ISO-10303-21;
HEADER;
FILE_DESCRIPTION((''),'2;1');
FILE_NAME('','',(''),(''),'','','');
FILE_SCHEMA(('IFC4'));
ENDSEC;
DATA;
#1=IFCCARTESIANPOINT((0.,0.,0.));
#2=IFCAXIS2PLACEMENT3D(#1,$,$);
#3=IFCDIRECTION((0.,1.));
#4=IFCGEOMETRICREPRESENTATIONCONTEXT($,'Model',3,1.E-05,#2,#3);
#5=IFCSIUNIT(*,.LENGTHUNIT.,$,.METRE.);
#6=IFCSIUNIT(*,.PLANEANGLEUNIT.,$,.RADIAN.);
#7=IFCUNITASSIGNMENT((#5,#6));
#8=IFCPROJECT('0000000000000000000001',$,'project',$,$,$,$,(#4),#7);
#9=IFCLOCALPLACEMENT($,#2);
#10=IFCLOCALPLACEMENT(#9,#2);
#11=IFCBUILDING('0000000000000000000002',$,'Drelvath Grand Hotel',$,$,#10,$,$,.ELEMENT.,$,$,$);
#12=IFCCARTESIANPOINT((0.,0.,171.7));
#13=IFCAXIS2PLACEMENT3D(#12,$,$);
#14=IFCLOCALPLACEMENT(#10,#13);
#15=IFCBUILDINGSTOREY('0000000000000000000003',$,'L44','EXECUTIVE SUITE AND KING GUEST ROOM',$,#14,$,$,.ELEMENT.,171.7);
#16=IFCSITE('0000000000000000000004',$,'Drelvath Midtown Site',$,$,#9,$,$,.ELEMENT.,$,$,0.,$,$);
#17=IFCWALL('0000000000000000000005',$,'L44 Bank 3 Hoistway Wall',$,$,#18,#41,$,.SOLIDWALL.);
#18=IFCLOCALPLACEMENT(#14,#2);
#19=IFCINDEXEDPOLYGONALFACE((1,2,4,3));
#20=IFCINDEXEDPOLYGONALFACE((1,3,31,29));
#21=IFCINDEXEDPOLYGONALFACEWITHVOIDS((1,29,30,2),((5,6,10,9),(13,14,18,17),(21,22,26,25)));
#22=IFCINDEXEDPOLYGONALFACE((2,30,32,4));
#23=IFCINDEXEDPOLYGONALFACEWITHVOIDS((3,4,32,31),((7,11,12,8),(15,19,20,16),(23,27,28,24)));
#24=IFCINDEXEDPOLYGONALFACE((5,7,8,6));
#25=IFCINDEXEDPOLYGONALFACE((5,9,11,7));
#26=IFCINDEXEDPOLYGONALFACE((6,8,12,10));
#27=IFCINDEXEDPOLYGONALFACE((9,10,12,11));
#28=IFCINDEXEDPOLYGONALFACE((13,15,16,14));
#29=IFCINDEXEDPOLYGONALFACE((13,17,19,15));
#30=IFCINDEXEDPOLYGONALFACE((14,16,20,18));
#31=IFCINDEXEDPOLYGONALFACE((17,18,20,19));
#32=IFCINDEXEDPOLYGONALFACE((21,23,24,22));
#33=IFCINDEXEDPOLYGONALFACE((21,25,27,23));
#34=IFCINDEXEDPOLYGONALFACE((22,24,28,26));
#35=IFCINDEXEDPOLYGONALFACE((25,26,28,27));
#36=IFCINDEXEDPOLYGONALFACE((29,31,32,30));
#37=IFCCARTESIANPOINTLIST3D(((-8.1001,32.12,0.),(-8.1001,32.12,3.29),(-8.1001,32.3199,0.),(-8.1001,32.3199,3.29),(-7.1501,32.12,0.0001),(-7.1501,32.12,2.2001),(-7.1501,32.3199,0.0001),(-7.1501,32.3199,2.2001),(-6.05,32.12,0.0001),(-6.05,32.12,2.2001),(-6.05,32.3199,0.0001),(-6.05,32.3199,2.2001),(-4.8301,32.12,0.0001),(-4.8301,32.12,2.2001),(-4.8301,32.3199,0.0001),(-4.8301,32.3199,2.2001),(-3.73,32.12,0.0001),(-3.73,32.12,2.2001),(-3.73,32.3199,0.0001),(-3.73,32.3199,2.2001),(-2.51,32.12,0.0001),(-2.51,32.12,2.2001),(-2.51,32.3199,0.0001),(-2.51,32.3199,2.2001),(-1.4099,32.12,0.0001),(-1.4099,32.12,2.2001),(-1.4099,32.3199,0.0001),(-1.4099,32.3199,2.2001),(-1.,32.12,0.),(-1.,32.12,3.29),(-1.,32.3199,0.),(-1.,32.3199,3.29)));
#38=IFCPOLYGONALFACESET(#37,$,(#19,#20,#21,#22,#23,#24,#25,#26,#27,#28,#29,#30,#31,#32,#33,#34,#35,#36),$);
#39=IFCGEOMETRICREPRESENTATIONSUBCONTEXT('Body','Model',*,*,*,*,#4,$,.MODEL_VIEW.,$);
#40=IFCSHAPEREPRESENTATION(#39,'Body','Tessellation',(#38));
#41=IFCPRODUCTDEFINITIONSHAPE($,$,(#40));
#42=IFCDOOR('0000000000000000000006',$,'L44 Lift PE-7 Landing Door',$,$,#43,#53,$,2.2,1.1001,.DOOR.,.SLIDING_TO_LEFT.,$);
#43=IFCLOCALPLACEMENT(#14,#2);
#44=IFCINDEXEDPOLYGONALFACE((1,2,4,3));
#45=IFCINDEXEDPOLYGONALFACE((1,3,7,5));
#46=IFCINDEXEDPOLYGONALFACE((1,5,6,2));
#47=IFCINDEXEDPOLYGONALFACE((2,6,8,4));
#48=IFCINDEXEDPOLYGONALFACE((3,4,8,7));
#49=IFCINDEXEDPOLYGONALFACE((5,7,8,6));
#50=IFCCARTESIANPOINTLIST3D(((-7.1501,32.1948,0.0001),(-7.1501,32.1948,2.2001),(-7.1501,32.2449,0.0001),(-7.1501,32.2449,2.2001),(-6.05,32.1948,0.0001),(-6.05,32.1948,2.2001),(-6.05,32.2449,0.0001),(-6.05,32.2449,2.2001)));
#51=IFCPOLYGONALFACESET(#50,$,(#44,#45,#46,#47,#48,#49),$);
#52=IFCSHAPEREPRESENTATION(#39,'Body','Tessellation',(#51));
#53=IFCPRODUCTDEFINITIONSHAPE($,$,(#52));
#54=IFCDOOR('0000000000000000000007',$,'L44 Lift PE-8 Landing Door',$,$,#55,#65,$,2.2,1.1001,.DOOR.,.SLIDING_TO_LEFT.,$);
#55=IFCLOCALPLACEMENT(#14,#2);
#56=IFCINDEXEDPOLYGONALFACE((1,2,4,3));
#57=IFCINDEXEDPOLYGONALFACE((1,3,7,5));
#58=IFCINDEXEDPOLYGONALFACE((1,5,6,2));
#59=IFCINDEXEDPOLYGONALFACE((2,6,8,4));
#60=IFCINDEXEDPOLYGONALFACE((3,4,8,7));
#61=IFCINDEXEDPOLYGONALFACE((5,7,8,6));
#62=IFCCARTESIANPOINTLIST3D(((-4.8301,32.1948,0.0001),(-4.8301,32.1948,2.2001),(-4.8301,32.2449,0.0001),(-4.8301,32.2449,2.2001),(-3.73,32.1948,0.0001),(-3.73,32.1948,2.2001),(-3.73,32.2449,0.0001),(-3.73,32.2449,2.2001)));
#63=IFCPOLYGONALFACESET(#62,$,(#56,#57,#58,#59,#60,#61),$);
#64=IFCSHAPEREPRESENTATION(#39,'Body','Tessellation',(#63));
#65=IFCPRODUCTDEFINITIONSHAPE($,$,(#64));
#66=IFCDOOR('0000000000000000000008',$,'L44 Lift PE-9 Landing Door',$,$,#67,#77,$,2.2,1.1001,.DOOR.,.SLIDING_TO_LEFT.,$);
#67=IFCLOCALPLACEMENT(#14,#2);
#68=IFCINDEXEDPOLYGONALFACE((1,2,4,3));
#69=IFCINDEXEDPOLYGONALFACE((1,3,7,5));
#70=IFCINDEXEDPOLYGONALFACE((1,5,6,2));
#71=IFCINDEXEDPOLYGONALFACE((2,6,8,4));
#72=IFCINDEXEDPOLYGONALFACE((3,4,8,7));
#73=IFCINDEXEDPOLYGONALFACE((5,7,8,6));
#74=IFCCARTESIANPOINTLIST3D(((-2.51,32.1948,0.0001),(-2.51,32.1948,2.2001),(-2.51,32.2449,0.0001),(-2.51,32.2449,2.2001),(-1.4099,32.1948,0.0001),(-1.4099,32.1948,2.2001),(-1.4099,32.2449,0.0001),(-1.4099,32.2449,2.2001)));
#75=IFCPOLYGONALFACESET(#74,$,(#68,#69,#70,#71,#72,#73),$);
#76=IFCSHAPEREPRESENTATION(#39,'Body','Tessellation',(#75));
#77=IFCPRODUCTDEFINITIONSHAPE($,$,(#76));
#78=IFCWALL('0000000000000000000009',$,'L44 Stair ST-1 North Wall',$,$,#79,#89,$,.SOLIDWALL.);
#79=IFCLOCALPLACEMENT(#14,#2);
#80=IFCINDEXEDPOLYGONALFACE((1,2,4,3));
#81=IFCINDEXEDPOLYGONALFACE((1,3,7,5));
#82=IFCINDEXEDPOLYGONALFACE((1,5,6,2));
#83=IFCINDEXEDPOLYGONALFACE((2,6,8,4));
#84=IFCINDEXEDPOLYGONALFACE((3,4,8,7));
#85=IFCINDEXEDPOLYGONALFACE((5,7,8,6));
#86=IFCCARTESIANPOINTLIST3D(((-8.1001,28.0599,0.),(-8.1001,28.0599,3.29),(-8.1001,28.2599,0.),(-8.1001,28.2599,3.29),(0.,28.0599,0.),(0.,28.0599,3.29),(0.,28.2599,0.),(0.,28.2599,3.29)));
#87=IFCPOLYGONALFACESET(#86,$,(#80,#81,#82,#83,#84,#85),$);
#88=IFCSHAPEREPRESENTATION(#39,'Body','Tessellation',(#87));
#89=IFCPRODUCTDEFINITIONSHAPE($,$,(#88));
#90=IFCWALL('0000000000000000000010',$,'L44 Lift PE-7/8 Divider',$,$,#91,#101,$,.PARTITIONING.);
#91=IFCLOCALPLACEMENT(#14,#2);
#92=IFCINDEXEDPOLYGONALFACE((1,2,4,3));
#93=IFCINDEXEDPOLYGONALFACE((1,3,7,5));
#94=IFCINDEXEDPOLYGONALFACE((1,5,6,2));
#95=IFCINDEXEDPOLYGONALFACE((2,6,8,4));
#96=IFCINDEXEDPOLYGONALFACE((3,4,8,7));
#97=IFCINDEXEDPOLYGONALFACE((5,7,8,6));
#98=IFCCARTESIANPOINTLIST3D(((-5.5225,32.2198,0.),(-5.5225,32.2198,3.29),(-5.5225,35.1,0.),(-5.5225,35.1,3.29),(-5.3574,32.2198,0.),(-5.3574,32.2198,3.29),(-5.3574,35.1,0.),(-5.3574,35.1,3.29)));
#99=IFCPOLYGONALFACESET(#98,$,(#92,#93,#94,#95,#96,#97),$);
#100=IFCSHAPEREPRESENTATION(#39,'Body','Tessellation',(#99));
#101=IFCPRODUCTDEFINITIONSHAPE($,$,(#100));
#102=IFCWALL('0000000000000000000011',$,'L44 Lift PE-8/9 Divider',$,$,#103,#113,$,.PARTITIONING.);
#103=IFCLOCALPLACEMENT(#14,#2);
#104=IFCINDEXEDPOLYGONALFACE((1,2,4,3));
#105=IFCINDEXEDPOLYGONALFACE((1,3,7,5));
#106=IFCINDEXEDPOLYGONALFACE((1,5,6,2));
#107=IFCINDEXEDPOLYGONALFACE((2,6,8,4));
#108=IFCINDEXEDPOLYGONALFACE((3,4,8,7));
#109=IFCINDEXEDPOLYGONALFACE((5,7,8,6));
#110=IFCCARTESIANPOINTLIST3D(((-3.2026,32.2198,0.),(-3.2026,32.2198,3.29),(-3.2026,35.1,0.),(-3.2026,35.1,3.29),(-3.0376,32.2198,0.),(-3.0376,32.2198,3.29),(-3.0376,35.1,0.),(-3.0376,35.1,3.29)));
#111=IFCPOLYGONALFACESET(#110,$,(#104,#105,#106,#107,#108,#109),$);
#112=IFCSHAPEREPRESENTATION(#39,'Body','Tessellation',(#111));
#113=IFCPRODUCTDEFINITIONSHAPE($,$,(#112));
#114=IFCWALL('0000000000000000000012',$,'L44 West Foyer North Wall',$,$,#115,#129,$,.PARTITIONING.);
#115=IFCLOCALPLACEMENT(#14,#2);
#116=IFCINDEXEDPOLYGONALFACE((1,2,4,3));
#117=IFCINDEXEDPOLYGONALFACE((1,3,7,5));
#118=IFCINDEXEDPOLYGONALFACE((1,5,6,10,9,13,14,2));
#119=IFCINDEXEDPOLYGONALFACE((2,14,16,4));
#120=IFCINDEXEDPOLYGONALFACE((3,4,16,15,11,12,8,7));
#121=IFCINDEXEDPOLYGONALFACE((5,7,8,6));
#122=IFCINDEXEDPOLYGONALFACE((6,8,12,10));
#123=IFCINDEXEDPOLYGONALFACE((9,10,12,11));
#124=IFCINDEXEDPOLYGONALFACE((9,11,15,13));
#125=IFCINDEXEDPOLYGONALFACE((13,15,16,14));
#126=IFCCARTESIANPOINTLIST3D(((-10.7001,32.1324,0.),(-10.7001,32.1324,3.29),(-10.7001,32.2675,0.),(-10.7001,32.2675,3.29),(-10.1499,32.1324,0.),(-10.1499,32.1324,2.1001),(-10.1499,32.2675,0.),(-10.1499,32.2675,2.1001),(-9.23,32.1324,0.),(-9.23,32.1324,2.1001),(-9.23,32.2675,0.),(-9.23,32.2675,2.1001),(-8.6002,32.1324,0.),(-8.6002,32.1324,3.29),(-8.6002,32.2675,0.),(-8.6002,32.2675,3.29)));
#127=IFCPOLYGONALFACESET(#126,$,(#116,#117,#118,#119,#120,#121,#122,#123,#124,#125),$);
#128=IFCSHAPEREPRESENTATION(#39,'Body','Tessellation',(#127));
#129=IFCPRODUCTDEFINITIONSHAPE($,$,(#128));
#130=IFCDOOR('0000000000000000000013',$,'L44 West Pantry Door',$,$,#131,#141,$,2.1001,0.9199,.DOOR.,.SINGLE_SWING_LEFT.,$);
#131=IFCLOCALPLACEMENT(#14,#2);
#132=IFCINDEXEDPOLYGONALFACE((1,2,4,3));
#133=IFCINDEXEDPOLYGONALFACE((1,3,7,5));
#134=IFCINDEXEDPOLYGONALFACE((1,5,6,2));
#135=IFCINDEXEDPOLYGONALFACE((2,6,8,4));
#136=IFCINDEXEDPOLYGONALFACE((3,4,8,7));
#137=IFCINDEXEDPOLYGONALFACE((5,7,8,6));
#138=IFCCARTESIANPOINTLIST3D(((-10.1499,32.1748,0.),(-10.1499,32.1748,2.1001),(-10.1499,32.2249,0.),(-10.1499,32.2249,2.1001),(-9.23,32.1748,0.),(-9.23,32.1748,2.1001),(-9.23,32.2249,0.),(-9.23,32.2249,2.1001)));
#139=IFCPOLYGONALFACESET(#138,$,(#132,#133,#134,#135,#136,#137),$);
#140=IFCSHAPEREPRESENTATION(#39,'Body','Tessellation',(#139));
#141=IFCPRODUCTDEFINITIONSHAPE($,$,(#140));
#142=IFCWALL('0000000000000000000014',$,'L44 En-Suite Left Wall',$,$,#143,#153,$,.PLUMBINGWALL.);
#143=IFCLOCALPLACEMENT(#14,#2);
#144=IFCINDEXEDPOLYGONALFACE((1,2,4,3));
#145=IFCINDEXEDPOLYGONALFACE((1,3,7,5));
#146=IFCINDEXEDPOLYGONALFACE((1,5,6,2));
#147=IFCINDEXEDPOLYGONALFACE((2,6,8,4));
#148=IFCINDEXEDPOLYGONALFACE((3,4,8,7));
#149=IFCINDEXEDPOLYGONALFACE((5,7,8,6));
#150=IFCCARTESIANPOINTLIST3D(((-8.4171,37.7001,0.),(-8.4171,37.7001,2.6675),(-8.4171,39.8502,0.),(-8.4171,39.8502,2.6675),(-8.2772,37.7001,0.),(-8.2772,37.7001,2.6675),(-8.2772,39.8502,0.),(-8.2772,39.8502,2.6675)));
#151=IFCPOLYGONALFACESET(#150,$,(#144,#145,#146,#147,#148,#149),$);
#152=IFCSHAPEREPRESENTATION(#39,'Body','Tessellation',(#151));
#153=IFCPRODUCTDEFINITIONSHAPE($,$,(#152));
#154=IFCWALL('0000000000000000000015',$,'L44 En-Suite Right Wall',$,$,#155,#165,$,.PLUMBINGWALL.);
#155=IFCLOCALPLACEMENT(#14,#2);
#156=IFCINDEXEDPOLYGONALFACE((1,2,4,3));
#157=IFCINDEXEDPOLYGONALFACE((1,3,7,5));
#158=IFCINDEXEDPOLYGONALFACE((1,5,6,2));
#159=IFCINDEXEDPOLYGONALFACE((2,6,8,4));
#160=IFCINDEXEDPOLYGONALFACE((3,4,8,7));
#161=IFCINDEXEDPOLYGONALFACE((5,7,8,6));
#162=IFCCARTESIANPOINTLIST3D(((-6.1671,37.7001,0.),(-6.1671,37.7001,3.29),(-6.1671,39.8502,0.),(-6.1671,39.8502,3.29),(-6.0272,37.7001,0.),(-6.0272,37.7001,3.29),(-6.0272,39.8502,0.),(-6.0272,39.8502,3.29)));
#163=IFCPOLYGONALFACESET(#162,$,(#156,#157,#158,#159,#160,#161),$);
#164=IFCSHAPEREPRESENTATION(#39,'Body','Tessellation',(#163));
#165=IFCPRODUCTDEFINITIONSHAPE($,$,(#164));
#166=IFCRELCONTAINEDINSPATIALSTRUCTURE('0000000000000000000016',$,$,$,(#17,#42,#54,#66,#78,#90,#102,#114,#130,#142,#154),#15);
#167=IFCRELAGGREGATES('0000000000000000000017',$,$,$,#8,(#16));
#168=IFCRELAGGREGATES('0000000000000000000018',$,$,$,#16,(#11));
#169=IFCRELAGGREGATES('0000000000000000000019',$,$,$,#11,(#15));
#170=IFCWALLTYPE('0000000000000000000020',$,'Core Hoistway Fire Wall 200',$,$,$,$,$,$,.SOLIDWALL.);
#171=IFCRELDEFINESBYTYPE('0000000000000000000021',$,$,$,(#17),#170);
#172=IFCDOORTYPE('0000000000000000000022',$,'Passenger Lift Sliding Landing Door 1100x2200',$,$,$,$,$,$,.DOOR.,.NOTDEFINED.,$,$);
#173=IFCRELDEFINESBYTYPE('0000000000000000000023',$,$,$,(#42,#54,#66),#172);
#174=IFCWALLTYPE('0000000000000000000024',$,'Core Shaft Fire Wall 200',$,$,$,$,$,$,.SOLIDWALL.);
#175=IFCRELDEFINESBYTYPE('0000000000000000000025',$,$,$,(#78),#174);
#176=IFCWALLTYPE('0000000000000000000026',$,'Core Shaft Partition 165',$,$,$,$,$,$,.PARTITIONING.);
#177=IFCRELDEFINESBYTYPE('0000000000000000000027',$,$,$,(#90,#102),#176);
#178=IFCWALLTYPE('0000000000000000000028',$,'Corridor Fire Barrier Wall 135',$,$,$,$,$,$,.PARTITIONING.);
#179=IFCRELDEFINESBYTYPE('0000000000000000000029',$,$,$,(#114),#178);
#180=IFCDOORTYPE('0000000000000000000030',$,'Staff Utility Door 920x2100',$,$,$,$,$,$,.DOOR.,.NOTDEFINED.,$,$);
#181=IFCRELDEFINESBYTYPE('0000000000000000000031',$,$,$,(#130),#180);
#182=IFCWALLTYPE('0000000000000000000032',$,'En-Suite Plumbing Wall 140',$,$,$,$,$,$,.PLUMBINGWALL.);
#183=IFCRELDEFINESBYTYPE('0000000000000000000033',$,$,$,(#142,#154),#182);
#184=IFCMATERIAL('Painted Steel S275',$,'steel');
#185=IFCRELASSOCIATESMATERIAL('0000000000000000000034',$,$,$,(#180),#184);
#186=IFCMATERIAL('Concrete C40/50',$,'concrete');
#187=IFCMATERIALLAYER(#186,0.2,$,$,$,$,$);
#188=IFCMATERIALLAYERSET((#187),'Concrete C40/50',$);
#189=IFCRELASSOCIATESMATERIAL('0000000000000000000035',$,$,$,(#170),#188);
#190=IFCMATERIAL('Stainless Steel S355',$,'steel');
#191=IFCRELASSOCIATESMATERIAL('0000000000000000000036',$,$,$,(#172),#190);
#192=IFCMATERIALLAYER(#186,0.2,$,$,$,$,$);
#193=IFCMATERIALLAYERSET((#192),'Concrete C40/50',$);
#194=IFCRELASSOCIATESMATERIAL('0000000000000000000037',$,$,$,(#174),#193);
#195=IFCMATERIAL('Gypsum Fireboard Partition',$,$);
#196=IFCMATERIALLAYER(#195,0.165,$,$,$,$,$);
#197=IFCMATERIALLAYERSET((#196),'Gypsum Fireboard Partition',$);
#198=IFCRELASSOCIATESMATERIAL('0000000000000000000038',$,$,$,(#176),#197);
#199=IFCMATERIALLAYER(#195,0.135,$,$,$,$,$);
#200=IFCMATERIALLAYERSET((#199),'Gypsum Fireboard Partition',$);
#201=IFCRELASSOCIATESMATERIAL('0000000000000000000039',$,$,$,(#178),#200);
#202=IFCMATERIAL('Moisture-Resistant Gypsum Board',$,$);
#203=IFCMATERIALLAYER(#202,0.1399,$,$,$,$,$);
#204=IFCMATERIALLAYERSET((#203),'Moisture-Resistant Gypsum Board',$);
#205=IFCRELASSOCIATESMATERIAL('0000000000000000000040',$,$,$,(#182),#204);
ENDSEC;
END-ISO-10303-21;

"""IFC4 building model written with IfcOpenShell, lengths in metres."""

from ifc_helpers import new_model, si_unit, direction, frame, frame_2d, origin, place, context, subcontext, project, spatial, rectangle, extrude, material, layer, layer_set, type_object, element, fill, save


model = new_model("IFC4")

# Units and contexts
model_context = context("Model", 3, precision=1e-05, world=origin(), true_north=direction((0.0, 1.0)))
body_context = subcontext(model_context, "Body", "Model", "MODEL_VIEW")
ifc_project = project(units=[si_unit("LENGTHUNIT", "METRE"), si_unit("PLANEANGLEUNIT", "RADIAN")], contexts=[model_context])

# Site, building, storey
site_placement = place(None, origin())
site = spatial("IfcSite", under=ifc_project, at=site_placement, Name="Drelvath Midtown Site", CompositionType="ELEMENT", RefElevation=0.0)
building_placement = place(site_placement, origin())
building = spatial("IfcBuilding", under=site, at=building_placement, Name="Drelvath Grand Hotel", CompositionType="ELEMENT")
storey_placement = place(building_placement, frame((0.0, 0.0, 171.7)))
storey = spatial("IfcBuildingStorey", under=building, at=storey_placement, Name="L44", Description="EXECUTIVE SUITE AND KING GUEST ROOM", CompositionType="ELEMENT", Elevation=171.7)

# Shared definitions
ifc_material_1 = material(Name="Painted Steel S275", Category="steel")
door_type_1 = type_object("IfcDoorType", Name="Staff Utility Door 920x2100", OperationType="NOTDEFINED", PredefinedType="DOOR", material=ifc_material_1)

# Wall, openings, doors
ifc_material_2 = material(Name="Concrete C40/50", Category="concrete")
ifc_layer_1 = layer(ifc_material_2, 0.2)
ifc_layer_set_1 = layer_set([ifc_layer_1], Name="Concrete C40/50")
wall_type_1 = type_object("IfcWallType", Name="Core Hoistway Fire Wall 200", PredefinedType="SOLIDWALL", material=ifc_layer_set_1)
wall_1_placement = place(storey_placement, frame((-8.1001, 32.22, 0.0), z_axis=(0.0, 0.0, 1.0), x_axis=(1.0, 0.0, 0.0)))
wall_1 = element("IfcWall", 1, at=wall_1_placement, inside=storey, type_object=wall_type_1, Name="L44 Bank 3 Hoistway Wall", PredefinedType="SOLIDWALL", context=body_context, shape_type="SweptSolid", body=[
    extrude(rectangle(XDim=7.1001, YDim=0.2, at=frame_2d((3.55, 0.0))), origin(), (0.0, 0.0, 1.0), 3.29),
])
opening_1_placement = place(wall_1_placement, frame((0.95, 0.0, 0.0)))
opening_1 = element("IfcOpeningElement", 2, at=opening_1_placement, cuts=wall_1, PredefinedType="OPENING", context=body_context, shape_type="SweptSolid", body=[
    extrude(rectangle(XDim=1.1001, YDim=2.2, at=frame_2d((0.55, 1.1001))), frame((0.0, 0.1099, 0.0), z_axis=(0.0, -1.0, 0.0), x_axis=(1.0, 0.0, 0.0)), (0.0, 0.0, 1.0), 0.22),
])
opening_2_placement = place(wall_1_placement, frame((3.27, 0.0, 0.0)))
opening_2 = element("IfcOpeningElement", 3, at=opening_2_placement, cuts=wall_1, PredefinedType="OPENING", context=body_context, shape_type="SweptSolid", body=[
    extrude(rectangle(XDim=1.1001, YDim=2.2, at=frame_2d((0.55, 1.1001))), frame((0.0, 0.1099, 0.0), z_axis=(0.0, -1.0, 0.0), x_axis=(1.0, 0.0, 0.0)), (0.0, 0.0, 1.0), 0.22),
])
opening_3_placement = place(wall_1_placement, frame((5.5901, 0.0, 0.0)))
opening_3 = element("IfcOpeningElement", 4, at=opening_3_placement, cuts=wall_1, PredefinedType="OPENING", context=body_context, shape_type="SweptSolid", body=[
    extrude(rectangle(XDim=1.1001, YDim=2.2, at=frame_2d((0.55, 1.1001))), frame((0.0, 0.1099, 0.0), z_axis=(0.0, -1.0, 0.0), x_axis=(1.0, 0.0, 0.0)), (0.0, 0.0, 1.0), 0.22),
])
ifc_material_3 = material(Name="Stainless Steel S355", Category="steel")
door_type_2 = type_object("IfcDoorType", Name="Passenger Lift Sliding Landing Door 1100x2200", OperationType="NOTDEFINED", PredefinedType="DOOR", material=ifc_material_3)
door_1_placement = place(opening_1_placement, origin())
door_1 = element("IfcDoor", 5, at=door_1_placement, inside=storey, type_object=door_type_2, Name="L44 Lift PE-7 Landing Door", OperationType="SLIDING_TO_LEFT", OverallHeight=2.2, OverallWidth=1.1001, PredefinedType="DOOR", context=body_context, shape_type="SweptSolid", body=[
    extrude(rectangle(XDim=1.1001, YDim=2.2, at=frame_2d((0.55, 1.1001))), frame((0.0, 0.0249, 0.0), z_axis=(0.0, -1.0, 0.0), x_axis=(1.0, 0.0, 0.0)), (0.0, 0.0, 1.0), 0.05),
])
fill(opening_1, door_1)
door_2_placement = place(opening_2_placement, origin())
door_2 = element("IfcDoor", 6, at=door_2_placement, inside=storey, type_object=door_type_2, Name="L44 Lift PE-8 Landing Door", OperationType="SLIDING_TO_LEFT", OverallHeight=2.2, OverallWidth=1.1001, PredefinedType="DOOR", context=body_context, shape_type="SweptSolid", body=[
    extrude(rectangle(XDim=1.1001, YDim=2.2, at=frame_2d((0.55, 1.1001))), frame((0.0, 0.0249, 0.0), z_axis=(0.0, -1.0, 0.0), x_axis=(1.0, 0.0, 0.0)), (0.0, 0.0, 1.0), 0.05),
])
fill(opening_2, door_2)
door_3_placement = place(opening_3_placement, origin())
door_3 = element("IfcDoor", 7, at=door_3_placement, inside=storey, type_object=door_type_2, Name="L44 Lift PE-9 Landing Door", OperationType="SLIDING_TO_LEFT", OverallHeight=2.2, OverallWidth=1.1001, PredefinedType="DOOR", context=body_context, shape_type="SweptSolid", body=[
    extrude(rectangle(XDim=1.1001, YDim=2.2, at=frame_2d((0.55, 1.1001))), frame((0.0, 0.0249, 0.0), z_axis=(0.0, -1.0, 0.0), x_axis=(1.0, 0.0, 0.0)), (0.0, 0.0, 1.0), 0.05),
])
fill(opening_3, door_3)

# Walls
ifc_layer_2 = layer(ifc_material_2, 0.2)
ifc_layer_set_2 = layer_set([ifc_layer_2], Name="Concrete C40/50")
wall_type_2 = type_object("IfcWallType", Name="Core Shaft Fire Wall 200", PredefinedType="SOLIDWALL", material=ifc_layer_set_2)
wall_2_placement = place(storey_placement, frame((-8.1001, 28.1599, 0.0), z_axis=(0.0, 0.0, 1.0), x_axis=(1.0, 0.0, 0.0)))
element("IfcWall", 8, at=wall_2_placement, inside=storey, type_object=wall_type_2, Name="L44 Stair ST-1 North Wall", PredefinedType="SOLIDWALL", context=body_context, shape_type="SweptSolid", body=[
    extrude(rectangle(XDim=8.1001, YDim=0.2, at=frame_2d((4.05, 0.0))), origin(), (0.0, 0.0, 1.0), 3.29),
])
ifc_material_4 = material(Name="Gypsum Fireboard Partition")
ifc_layer_3 = layer(ifc_material_4, 0.165)
ifc_layer_set_3 = layer_set([ifc_layer_3], Name="Gypsum Fireboard Partition")
wall_type_3 = type_object("IfcWallType", Name="Core Shaft Partition 165", PredefinedType="PARTITIONING", material=ifc_layer_set_3)
for number, where, z_axis, x_axis, name in (
    (9, (-5.4399, 32.22, 0.0), (0.0, 0.0, 1.0), (0.0, 1.0, 0.0), "L44 Lift PE-7/8 Divider"),
    (10, (-3.1201, 32.22, 0.0), (0.0, 0.0, 1.0), (0.0, 1.0, 0.0), "L44 Lift PE-8/9 Divider"),
):
    element("IfcWall", number, at=place(storey_placement, frame(where, z_axis=z_axis, x_axis=x_axis)), inside=storey, type_object=wall_type_3, Name=name, PredefinedType="PARTITIONING", context=body_context, shape_type="SweptSolid", body=[
        extrude(rectangle(XDim=2.8801, YDim=0.165, at=frame_2d((1.4399, 0.0))), origin(), (0.0, 0.0, 1.0), 3.29),
    ])

# Wall, opening, door
ifc_layer_4 = layer(ifc_material_4, 0.135)
ifc_layer_set_4 = layer_set([ifc_layer_4], Name="Gypsum Fireboard Partition")
wall_type_4 = type_object("IfcWallType", Name="Corridor Fire Barrier Wall 135", PredefinedType="PARTITIONING", material=ifc_layer_set_4)
wall_3_placement = place(storey_placement, frame((-10.7, 32.2, 0.0), z_axis=(0.0, 0.0, 1.0), x_axis=(1.0, 0.0, 0.0)))
wall_3 = element("IfcWall", 11, at=wall_3_placement, inside=storey, type_object=wall_type_4, Name="L44 West Foyer North Wall", PredefinedType="PARTITIONING", context=body_context, shape_type="SweptSolid", body=[
    extrude(rectangle(XDim=2.0999, YDim=0.135, at=frame_2d((1.0498, 0.0))), origin(), (0.0, 0.0, 1.0), 3.29),
])
opening_4_placement = place(wall_3_placement, frame((0.55, 0.0, 0.0)))
opening_4 = element("IfcOpeningElement", 12, at=opening_4_placement, cuts=wall_3, PredefinedType="OPENING", context=body_context, shape_type="SweptSolid", body=[
    extrude(rectangle(XDim=0.9199, YDim=2.1001, at=frame_2d((0.46, 1.05))), frame((0.0, 0.0774, 0.0), z_axis=(0.0, -1.0, 0.0), x_axis=(1.0, 0.0, 0.0)), (0.0, 0.0, 1.0), 0.155),
])
door_4_placement = place(opening_4_placement, origin())
door_4 = element("IfcDoor", 13, at=door_4_placement, inside=storey, type_object=door_type_1, Name="L44 West Pantry Door", OperationType="SINGLE_SWING_LEFT", OverallHeight=2.1001, OverallWidth=0.9199, PredefinedType="DOOR", context=body_context, shape_type="SweptSolid", body=[
    extrude(rectangle(XDim=0.9199, YDim=2.1001, at=frame_2d((0.46, 1.05))), frame((0.0, 0.0249, 0.0), z_axis=(0.0, -1.0, 0.0), x_axis=(1.0, 0.0, 0.0)), (0.0, 0.0, 1.0), 0.05),
])
fill(opening_4, door_4)

# Walls
ifc_material_5 = material(Name="Moisture-Resistant Gypsum Board")
ifc_layer_5 = layer(ifc_material_5, 0.1399)
ifc_layer_set_5 = layer_set([ifc_layer_5], Name="Moisture-Resistant Gypsum Board")
wall_type_5 = type_object("IfcWallType", Name="En-Suite Plumbing Wall 140", PredefinedType="PLUMBINGWALL", material=ifc_layer_set_5)
wall_4_placement = place(storey_placement, frame((-8.3472, 37.7, 0.0), z_axis=(0.0, 0.0, 1.0), x_axis=(0.0, 1.0, 0.0)))
element("IfcWall", 14, at=wall_4_placement, inside=storey, type_object=wall_type_5, Name="L44 En-Suite Left Wall", PredefinedType="PLUMBINGWALL", context=body_context, shape_type="SweptSolid", body=[
    extrude(rectangle(XDim=2.1501, YDim=0.1399, at=frame_2d((1.0752, 0.0))), origin(), (0.0, 0.0, 1.0), 2.6675),
])
wall_5_placement = place(storey_placement, frame((-6.0972, 37.7, 0.0), z_axis=(0.0, 0.0, 1.0), x_axis=(0.0, 1.0, 0.0)))
element("IfcWall", 15, at=wall_5_placement, inside=storey, type_object=wall_type_5, Name="L44 En-Suite Right Wall", PredefinedType="PLUMBINGWALL", context=body_context, shape_type="SweptSolid", body=[
    extrude(rectangle(XDim=2.1501, YDim=0.1399, at=frame_2d((1.0752, 0.0))), origin(), (0.0, 0.0, 1.0), 3.29),
])

save(model, "model.ifc")
